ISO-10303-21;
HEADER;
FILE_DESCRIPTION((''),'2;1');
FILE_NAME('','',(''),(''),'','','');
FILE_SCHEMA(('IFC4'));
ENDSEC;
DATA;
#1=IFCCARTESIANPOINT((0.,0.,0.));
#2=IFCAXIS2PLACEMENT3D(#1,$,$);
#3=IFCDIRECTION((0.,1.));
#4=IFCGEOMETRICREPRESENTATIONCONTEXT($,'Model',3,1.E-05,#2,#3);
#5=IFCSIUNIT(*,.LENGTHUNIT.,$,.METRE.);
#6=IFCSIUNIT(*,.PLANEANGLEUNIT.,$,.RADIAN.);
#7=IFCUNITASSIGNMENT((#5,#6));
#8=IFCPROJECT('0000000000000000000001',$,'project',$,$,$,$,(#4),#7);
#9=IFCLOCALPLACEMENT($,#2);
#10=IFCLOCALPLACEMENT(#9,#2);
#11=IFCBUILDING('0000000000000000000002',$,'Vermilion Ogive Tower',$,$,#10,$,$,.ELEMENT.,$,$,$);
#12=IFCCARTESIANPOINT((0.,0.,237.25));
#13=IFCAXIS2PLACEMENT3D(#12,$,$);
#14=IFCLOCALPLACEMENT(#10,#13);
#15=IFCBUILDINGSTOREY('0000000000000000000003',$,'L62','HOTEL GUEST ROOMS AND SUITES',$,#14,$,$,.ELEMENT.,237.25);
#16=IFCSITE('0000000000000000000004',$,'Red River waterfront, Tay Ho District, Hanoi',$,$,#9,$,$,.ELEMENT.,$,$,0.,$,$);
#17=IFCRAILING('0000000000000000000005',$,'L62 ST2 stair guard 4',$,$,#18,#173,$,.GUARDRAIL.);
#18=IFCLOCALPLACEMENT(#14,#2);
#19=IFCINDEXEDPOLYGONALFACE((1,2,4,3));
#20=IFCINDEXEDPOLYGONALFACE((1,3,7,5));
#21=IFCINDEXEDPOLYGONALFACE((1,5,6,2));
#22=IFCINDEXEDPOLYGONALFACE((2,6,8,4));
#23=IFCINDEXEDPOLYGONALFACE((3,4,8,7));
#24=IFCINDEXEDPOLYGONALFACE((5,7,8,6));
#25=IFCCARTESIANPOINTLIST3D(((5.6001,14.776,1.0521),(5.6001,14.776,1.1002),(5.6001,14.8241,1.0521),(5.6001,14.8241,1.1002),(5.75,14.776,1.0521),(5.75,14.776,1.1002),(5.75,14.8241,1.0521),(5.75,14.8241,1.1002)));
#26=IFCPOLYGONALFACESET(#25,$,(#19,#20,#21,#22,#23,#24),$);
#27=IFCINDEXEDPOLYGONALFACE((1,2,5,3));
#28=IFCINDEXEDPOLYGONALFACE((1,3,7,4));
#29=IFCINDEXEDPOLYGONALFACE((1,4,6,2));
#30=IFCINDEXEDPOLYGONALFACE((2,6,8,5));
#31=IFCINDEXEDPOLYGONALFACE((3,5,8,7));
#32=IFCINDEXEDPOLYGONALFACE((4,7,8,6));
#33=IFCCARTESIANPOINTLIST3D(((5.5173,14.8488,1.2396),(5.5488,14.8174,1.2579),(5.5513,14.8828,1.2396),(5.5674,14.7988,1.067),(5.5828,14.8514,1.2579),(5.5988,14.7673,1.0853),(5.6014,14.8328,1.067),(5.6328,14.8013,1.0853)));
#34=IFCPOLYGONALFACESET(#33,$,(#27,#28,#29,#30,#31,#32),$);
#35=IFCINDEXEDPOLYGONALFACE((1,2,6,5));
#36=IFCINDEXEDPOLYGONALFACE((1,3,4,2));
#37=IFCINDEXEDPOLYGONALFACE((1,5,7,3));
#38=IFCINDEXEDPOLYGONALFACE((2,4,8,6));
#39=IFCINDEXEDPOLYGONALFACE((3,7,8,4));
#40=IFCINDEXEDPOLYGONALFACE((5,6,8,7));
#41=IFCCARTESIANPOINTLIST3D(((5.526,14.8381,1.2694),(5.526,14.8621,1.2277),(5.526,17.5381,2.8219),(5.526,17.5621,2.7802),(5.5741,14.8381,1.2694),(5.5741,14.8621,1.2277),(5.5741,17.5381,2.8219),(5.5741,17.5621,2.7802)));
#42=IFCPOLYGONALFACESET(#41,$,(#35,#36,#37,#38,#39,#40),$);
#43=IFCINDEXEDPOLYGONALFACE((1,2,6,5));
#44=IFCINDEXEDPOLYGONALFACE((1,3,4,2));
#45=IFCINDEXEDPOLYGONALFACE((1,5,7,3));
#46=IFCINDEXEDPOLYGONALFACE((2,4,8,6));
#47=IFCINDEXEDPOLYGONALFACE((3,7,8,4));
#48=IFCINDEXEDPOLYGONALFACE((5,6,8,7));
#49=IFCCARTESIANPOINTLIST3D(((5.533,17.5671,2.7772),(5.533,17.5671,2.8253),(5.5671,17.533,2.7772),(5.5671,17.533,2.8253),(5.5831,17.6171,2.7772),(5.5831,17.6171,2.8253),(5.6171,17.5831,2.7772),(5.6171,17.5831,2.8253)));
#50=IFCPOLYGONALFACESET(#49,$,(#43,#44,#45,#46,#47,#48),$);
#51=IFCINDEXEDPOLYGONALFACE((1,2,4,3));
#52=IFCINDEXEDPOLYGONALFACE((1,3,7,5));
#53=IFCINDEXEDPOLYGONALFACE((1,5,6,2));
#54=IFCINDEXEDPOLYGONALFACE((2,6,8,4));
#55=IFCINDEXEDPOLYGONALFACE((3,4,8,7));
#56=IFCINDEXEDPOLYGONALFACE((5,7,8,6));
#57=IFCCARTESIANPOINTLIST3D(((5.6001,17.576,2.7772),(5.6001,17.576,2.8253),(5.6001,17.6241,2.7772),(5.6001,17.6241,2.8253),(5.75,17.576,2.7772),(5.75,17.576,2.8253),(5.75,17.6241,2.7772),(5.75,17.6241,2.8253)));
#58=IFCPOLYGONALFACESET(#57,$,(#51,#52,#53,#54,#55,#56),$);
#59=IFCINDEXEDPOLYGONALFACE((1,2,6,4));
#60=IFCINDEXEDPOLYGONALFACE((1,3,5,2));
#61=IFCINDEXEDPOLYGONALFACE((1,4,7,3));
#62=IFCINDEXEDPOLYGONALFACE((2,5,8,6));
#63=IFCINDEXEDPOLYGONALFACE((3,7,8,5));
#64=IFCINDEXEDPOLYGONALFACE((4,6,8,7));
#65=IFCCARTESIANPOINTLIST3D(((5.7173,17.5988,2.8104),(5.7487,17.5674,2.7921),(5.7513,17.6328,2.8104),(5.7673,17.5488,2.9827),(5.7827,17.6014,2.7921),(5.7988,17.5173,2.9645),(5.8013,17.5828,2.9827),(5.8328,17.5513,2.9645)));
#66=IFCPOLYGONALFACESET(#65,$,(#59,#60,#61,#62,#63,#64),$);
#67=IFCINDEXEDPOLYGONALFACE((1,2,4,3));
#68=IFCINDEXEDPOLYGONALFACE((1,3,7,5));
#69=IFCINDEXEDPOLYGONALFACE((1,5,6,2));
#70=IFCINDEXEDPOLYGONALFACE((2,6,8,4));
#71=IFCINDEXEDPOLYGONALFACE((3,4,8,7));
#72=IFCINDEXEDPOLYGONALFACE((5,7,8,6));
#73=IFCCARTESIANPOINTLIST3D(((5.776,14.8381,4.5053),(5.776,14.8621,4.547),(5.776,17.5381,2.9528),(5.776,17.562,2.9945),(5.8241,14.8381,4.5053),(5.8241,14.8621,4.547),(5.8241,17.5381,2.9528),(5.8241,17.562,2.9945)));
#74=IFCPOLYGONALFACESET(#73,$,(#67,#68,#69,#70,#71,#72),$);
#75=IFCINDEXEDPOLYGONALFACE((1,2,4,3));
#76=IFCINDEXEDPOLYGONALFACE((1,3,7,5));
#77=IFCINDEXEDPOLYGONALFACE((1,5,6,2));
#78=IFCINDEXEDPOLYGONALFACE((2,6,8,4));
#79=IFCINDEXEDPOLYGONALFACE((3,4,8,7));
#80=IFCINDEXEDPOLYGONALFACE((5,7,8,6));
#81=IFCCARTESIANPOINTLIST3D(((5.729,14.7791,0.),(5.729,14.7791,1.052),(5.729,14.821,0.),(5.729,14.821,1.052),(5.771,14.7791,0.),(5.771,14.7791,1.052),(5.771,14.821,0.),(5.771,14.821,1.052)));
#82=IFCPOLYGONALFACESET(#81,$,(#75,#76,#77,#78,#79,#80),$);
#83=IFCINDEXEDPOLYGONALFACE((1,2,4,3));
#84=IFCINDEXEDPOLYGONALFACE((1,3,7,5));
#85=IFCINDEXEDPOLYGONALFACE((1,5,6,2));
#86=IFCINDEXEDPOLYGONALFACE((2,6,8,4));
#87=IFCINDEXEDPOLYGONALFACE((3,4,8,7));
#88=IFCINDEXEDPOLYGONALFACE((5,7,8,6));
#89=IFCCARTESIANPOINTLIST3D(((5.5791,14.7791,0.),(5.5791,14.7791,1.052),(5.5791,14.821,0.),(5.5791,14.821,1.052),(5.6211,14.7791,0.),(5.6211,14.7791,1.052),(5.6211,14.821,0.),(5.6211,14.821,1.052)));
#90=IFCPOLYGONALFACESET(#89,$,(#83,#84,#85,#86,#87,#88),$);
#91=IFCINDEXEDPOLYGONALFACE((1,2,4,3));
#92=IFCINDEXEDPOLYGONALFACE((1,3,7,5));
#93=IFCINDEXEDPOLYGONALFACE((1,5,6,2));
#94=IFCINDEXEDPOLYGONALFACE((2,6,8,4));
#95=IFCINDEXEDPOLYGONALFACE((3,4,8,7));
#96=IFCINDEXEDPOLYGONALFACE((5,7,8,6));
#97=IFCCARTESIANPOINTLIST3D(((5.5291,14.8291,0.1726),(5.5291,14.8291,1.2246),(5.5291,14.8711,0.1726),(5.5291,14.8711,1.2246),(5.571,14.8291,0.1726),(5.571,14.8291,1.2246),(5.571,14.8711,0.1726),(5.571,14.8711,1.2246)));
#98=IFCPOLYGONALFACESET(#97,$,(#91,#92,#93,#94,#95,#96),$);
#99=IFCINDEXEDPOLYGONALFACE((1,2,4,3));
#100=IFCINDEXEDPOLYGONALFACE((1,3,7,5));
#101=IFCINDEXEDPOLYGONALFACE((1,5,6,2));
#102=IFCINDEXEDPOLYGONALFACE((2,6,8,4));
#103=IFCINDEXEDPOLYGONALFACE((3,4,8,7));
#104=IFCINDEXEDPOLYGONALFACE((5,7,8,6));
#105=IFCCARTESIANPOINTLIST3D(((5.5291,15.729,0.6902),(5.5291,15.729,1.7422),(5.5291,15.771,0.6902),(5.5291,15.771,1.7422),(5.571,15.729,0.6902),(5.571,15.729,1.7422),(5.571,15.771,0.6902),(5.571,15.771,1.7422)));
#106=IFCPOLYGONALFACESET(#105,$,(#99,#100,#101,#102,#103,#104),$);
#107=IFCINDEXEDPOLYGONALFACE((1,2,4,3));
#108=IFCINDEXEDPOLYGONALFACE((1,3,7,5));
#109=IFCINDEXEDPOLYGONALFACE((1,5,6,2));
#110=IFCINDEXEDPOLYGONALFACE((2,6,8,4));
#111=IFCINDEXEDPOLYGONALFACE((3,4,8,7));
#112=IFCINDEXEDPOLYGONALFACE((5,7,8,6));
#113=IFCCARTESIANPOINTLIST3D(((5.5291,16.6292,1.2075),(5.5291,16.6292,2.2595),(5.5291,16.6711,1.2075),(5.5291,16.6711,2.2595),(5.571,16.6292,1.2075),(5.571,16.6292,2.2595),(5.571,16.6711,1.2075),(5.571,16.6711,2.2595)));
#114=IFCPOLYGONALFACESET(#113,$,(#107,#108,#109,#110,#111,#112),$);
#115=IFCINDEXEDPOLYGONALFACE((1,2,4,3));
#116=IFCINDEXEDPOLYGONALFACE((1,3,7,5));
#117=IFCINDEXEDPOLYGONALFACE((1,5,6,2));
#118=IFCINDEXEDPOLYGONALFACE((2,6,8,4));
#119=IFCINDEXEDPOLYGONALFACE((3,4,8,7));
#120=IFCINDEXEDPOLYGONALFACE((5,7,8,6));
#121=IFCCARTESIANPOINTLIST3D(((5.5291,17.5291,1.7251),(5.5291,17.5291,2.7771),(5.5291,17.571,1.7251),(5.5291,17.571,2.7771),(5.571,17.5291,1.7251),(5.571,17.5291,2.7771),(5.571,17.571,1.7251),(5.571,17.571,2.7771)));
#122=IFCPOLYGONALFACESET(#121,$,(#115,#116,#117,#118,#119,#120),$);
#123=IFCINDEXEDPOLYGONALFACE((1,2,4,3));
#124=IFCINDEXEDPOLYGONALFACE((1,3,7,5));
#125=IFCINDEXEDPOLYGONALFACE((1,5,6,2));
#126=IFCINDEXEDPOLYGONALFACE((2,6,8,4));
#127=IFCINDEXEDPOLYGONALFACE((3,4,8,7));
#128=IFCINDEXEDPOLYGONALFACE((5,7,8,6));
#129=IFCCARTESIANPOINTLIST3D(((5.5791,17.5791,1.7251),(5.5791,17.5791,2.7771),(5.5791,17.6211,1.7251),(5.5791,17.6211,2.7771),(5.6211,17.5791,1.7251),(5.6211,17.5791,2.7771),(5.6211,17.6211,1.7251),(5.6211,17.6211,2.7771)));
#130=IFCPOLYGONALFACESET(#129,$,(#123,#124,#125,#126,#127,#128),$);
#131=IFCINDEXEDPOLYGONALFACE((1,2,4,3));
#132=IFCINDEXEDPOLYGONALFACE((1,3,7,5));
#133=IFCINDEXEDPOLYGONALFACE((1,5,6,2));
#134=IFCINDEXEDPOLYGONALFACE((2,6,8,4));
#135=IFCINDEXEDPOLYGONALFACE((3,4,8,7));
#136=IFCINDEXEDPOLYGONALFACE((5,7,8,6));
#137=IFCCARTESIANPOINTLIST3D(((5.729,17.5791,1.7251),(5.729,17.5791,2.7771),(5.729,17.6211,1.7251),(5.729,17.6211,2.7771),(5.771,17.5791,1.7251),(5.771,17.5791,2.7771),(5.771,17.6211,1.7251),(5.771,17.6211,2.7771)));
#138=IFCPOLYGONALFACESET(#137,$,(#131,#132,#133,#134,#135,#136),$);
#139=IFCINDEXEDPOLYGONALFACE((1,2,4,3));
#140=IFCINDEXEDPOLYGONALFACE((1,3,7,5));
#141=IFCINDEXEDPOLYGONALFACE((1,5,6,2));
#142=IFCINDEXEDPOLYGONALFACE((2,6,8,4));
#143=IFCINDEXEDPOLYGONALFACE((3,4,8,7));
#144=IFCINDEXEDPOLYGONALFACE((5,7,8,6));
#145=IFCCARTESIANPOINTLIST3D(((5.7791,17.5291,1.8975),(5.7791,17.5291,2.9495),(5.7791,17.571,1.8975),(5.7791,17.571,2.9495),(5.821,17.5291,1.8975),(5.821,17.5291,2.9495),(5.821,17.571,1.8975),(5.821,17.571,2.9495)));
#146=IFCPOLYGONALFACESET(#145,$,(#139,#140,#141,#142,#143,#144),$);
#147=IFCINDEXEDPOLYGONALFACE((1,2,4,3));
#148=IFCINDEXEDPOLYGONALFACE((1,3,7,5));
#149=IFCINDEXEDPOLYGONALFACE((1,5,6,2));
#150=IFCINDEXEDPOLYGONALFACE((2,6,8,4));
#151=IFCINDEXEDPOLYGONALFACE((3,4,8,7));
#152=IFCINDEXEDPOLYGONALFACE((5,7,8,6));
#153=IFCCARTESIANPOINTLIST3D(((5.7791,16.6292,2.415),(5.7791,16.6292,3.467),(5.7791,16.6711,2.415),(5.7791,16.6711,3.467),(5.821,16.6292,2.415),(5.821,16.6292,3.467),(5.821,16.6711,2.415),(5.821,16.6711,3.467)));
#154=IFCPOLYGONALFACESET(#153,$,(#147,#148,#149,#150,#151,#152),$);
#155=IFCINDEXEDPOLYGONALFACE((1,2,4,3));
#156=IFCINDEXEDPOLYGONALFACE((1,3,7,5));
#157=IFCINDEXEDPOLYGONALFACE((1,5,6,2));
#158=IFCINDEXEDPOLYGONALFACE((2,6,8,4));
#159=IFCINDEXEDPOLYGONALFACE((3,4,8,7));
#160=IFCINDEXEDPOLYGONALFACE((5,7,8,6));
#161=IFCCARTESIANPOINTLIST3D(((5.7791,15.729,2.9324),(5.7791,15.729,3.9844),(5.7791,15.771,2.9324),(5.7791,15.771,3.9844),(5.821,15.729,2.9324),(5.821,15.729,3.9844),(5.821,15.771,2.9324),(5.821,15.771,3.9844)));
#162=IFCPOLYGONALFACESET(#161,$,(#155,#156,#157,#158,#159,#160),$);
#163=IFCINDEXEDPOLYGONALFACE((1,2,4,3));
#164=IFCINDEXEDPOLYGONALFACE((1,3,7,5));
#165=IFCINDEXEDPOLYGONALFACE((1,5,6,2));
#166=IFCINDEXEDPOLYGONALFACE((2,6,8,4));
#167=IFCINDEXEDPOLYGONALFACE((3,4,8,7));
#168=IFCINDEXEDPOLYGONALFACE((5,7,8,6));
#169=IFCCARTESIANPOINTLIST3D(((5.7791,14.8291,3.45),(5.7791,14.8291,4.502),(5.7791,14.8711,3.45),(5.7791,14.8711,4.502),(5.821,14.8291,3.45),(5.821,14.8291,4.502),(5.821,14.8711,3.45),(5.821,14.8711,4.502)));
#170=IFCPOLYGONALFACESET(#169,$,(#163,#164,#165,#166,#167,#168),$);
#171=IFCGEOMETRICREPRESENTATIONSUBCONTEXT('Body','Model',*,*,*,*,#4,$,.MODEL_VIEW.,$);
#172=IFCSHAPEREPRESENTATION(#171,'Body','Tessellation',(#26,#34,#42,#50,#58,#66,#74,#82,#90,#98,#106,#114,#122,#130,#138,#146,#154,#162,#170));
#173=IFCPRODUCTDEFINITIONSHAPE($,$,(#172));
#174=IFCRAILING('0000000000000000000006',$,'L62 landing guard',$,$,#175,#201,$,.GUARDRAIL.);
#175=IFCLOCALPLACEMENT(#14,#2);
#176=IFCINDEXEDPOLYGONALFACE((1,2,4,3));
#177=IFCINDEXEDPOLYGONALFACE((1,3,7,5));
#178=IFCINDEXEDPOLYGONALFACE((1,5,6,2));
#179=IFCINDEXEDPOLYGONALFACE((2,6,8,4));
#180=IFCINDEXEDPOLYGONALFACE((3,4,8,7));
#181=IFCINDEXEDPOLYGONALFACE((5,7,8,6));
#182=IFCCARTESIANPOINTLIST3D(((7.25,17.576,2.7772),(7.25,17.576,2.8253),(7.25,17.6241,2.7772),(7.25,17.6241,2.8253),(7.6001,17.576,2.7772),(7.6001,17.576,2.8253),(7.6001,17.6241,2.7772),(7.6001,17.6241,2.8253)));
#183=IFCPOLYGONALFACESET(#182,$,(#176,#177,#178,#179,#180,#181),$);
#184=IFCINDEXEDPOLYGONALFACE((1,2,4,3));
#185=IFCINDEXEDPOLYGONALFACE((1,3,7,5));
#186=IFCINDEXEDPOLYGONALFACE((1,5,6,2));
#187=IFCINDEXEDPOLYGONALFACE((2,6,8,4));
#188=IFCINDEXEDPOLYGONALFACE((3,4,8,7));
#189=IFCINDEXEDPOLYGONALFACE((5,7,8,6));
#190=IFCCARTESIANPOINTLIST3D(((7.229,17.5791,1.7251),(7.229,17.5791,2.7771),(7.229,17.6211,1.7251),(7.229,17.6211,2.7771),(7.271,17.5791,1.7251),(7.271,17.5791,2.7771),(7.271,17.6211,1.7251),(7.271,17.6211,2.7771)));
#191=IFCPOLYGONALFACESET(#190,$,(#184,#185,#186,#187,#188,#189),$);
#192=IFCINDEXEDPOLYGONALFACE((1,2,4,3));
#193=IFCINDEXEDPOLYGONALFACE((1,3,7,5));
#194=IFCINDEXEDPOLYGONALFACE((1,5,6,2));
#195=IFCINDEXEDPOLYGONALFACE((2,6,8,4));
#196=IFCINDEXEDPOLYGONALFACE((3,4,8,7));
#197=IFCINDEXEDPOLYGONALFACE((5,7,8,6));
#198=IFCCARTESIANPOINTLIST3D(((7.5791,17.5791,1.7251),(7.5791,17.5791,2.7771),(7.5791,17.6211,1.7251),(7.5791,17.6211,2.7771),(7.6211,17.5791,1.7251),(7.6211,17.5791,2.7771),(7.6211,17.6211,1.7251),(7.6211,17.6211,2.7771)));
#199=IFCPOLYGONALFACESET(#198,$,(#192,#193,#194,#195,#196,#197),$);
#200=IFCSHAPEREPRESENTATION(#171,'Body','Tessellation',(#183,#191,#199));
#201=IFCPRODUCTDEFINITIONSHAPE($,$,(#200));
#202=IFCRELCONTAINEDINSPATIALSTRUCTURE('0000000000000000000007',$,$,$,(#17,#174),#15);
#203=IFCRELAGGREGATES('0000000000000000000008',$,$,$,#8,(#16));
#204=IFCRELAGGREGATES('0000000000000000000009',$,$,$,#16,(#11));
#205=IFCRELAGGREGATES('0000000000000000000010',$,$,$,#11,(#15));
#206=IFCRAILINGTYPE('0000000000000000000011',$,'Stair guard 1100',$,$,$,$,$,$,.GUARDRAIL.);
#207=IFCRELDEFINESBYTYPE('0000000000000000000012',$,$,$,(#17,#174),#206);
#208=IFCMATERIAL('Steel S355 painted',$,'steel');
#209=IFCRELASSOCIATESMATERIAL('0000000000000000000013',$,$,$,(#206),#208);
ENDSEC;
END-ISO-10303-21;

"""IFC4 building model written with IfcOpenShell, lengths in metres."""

from ifc_helpers import new_model, si_unit, direction, frame, origin, origin_2d, place, context, subcontext, project, spatial, rectangle, extrude, material, type_object, element, save


model = new_model("IFC4")

# Units and contexts
model_context = context("Model", 3, precision=1e-05, world=origin(), true_north=direction((0.0, 1.0)))
body_context = subcontext(model_context, "Body", "Model", "MODEL_VIEW")
ifc_project = project(units=[si_unit("LENGTHUNIT", "METRE"), si_unit("PLANEANGLEUNIT", "RADIAN")], contexts=[model_context])

# Site, building, storey
site_placement = place(None, origin())
site = spatial("IfcSite", under=ifc_project, at=site_placement, Name="Red River waterfront, Tay Ho District, Hanoi", CompositionType="ELEMENT", RefElevation=0.0)
building_placement = place(site_placement, origin())
building = spatial("IfcBuilding", under=site, at=building_placement, Name="Vermilion Ogive Tower", CompositionType="ELEMENT")
storey_placement = place(building_placement, frame((0.0, 0.0, 237.25)))
storey = spatial("IfcBuildingStorey", under=building, at=storey_placement, Name="L62", Description="HOTEL GUEST ROOMS AND SUITES", CompositionType="ELEMENT", Elevation=237.25)

# Railings
ifc_material_1 = material(Name="Steel S355 painted", Category="steel")
railing_type_1 = type_object("IfcRailingType", Name="Stair guard 1100", PredefinedType="GUARDRAIL", material=ifc_material_1)
railing_1_placement = place(storey_placement, frame((5.75, 14.8, 0.0)))
element("IfcRailing", 1, at=railing_1_placement, inside=storey, type_object=railing_type_1, Name="L62 ST2 stair guard 4", PredefinedType="GUARDRAIL", context=body_context, shape_type="SweptSolid", body=[
    extrude(rectangle(XDim=0.0481, YDim=0.0481, at=origin_2d()), frame((0.0, 0.0, 1.0762), z_axis=(-1.0, 0.0, 0.0), x_axis=(0.0, -1.0, 0.0)), (0.0, 0.0, 1.0), 0.1499),
    extrude(rectangle(XDim=0.0481, YDim=0.0481, at=origin_2d()), frame((-0.1499, 0.0, 1.0762), z_axis=(-0.268278, 0.268278, 0.925232), x_axis=(-0.707107, -0.707107, 0.0)), (0.0, 0.0, 1.0), 0.1865),
    extrude(rectangle(XDim=0.0481, YDim=0.0481, at=origin_2d()), frame((-0.2, 0.05, 1.2485), z_axis=(0.0, 0.866904, 0.498476), x_axis=(-1.0, 0.0, 0.0)), (0.0, 0.0, 1.0), 3.1145),
    extrude(rectangle(XDim=0.0481, YDim=0.0481, at=origin_2d()), frame((-0.2, 2.75, 2.8013), z_axis=(0.707107, 0.707107, 0.0), x_axis=(-0.707107, 0.707107, 0.0)), (0.0, 0.0, 1.0), 0.0708),
    extrude(rectangle(XDim=0.0481, YDim=0.0481, at=origin_2d()), frame((-0.1499, 2.8, 2.8013), z_axis=(1.0, 0.0, 0.0), x_axis=(0.0, 1.0, 0.0)), (0.0, 0.0, 1.0), 0.1499),
    extrude(rectangle(XDim=0.0481, YDim=0.0481, at=origin_2d()), frame((0.0, 2.8, 2.8013), z_axis=(0.268603, -0.268603, 0.925043), x_axis=(0.707107, 0.707107, 0.0)), (0.0, 0.0, 1.0), 0.1863),
    extrude(rectangle(XDim=0.0481, YDim=0.0481, at=origin_2d()), frame((0.05, 2.75, 2.9736), z_axis=(0.0, -0.866904, 0.498476), x_axis=(1.0, 0.0, 0.0)), (0.0, 0.0, 1.0), 3.1145),
    extrude(rectangle(XDim=0.042, YDim=0.042, at=origin_2d()), origin(), (0.0, 0.0, 1.0), 1.052),
    extrude(rectangle(XDim=0.042, YDim=0.042, at=origin_2d()), frame((-0.1499, 0.0, 0.0)), (0.0, 0.0, 1.0), 1.052),
    extrude(rectangle(XDim=0.042, YDim=0.042, at=origin_2d()), frame((-0.2, 0.05, 0.1726)), (0.0, 0.0, 1.0), 1.052),
    extrude(rectangle(XDim=0.042, YDim=0.042, at=origin_2d()), frame((-0.2, 0.95, 0.6902)), (0.0, 0.0, 1.0), 1.052),
    extrude(rectangle(XDim=0.042, YDim=0.042, at=origin_2d()), frame((-0.2, 1.8501, 1.2075)), (0.0, 0.0, 1.0), 1.052),
    extrude(rectangle(XDim=0.042, YDim=0.042, at=origin_2d()), frame((-0.2, 2.75, 1.7251)), (0.0, 0.0, 1.0), 1.052),
    extrude(rectangle(XDim=0.042, YDim=0.042, at=origin_2d()), frame((-0.1499, 2.8, 1.7251)), (0.0, 0.0, 1.0), 1.052),
    extrude(rectangle(XDim=0.042, YDim=0.042, at=origin_2d()), frame((0.0, 2.8, 1.7251)), (0.0, 0.0, 1.0), 1.052),
    extrude(rectangle(XDim=0.042, YDim=0.042, at=origin_2d()), frame((0.05, 2.75, 1.8975)), (0.0, 0.0, 1.0), 1.052),
    extrude(rectangle(XDim=0.042, YDim=0.042, at=origin_2d()), frame((0.05, 1.8501, 2.415)), (0.0, 0.0, 1.0), 1.052),
    extrude(rectangle(XDim=0.042, YDim=0.042, at=origin_2d()), frame((0.05, 0.95, 2.9324)), (0.0, 0.0, 1.0), 1.052),
    extrude(rectangle(XDim=0.042, YDim=0.042, at=origin_2d()), frame((0.05, 0.05, 3.45)), (0.0, 0.0, 1.0), 1.052),
])
railing_2_placement = place(storey_placement, frame((7.25, 17.6001, 1.7251)))
element("IfcRailing", 2, at=railing_2_placement, inside=storey, type_object=railing_type_1, Name="L62 landing guard", PredefinedType="GUARDRAIL", context=body_context, shape_type="SweptSolid", body=[
    extrude(rectangle(XDim=0.0481, YDim=0.0481, at=origin_2d()), frame((0.0, 0.0, 1.0762), z_axis=(1.0, 0.0, 0.0), x_axis=(0.0, 1.0, 0.0)), (0.0, 0.0, 1.0), 0.3501),
    extrude(rectangle(XDim=0.042, YDim=0.042, at=origin_2d()), origin(), (0.0, 0.0, 1.0), 1.052),
    extrude(rectangle(XDim=0.042, YDim=0.042, at=origin_2d()), frame((0.3501, 0.0, 0.0)), (0.0, 0.0, 1.0), 1.052),
])

save(model, "model.ifc")
